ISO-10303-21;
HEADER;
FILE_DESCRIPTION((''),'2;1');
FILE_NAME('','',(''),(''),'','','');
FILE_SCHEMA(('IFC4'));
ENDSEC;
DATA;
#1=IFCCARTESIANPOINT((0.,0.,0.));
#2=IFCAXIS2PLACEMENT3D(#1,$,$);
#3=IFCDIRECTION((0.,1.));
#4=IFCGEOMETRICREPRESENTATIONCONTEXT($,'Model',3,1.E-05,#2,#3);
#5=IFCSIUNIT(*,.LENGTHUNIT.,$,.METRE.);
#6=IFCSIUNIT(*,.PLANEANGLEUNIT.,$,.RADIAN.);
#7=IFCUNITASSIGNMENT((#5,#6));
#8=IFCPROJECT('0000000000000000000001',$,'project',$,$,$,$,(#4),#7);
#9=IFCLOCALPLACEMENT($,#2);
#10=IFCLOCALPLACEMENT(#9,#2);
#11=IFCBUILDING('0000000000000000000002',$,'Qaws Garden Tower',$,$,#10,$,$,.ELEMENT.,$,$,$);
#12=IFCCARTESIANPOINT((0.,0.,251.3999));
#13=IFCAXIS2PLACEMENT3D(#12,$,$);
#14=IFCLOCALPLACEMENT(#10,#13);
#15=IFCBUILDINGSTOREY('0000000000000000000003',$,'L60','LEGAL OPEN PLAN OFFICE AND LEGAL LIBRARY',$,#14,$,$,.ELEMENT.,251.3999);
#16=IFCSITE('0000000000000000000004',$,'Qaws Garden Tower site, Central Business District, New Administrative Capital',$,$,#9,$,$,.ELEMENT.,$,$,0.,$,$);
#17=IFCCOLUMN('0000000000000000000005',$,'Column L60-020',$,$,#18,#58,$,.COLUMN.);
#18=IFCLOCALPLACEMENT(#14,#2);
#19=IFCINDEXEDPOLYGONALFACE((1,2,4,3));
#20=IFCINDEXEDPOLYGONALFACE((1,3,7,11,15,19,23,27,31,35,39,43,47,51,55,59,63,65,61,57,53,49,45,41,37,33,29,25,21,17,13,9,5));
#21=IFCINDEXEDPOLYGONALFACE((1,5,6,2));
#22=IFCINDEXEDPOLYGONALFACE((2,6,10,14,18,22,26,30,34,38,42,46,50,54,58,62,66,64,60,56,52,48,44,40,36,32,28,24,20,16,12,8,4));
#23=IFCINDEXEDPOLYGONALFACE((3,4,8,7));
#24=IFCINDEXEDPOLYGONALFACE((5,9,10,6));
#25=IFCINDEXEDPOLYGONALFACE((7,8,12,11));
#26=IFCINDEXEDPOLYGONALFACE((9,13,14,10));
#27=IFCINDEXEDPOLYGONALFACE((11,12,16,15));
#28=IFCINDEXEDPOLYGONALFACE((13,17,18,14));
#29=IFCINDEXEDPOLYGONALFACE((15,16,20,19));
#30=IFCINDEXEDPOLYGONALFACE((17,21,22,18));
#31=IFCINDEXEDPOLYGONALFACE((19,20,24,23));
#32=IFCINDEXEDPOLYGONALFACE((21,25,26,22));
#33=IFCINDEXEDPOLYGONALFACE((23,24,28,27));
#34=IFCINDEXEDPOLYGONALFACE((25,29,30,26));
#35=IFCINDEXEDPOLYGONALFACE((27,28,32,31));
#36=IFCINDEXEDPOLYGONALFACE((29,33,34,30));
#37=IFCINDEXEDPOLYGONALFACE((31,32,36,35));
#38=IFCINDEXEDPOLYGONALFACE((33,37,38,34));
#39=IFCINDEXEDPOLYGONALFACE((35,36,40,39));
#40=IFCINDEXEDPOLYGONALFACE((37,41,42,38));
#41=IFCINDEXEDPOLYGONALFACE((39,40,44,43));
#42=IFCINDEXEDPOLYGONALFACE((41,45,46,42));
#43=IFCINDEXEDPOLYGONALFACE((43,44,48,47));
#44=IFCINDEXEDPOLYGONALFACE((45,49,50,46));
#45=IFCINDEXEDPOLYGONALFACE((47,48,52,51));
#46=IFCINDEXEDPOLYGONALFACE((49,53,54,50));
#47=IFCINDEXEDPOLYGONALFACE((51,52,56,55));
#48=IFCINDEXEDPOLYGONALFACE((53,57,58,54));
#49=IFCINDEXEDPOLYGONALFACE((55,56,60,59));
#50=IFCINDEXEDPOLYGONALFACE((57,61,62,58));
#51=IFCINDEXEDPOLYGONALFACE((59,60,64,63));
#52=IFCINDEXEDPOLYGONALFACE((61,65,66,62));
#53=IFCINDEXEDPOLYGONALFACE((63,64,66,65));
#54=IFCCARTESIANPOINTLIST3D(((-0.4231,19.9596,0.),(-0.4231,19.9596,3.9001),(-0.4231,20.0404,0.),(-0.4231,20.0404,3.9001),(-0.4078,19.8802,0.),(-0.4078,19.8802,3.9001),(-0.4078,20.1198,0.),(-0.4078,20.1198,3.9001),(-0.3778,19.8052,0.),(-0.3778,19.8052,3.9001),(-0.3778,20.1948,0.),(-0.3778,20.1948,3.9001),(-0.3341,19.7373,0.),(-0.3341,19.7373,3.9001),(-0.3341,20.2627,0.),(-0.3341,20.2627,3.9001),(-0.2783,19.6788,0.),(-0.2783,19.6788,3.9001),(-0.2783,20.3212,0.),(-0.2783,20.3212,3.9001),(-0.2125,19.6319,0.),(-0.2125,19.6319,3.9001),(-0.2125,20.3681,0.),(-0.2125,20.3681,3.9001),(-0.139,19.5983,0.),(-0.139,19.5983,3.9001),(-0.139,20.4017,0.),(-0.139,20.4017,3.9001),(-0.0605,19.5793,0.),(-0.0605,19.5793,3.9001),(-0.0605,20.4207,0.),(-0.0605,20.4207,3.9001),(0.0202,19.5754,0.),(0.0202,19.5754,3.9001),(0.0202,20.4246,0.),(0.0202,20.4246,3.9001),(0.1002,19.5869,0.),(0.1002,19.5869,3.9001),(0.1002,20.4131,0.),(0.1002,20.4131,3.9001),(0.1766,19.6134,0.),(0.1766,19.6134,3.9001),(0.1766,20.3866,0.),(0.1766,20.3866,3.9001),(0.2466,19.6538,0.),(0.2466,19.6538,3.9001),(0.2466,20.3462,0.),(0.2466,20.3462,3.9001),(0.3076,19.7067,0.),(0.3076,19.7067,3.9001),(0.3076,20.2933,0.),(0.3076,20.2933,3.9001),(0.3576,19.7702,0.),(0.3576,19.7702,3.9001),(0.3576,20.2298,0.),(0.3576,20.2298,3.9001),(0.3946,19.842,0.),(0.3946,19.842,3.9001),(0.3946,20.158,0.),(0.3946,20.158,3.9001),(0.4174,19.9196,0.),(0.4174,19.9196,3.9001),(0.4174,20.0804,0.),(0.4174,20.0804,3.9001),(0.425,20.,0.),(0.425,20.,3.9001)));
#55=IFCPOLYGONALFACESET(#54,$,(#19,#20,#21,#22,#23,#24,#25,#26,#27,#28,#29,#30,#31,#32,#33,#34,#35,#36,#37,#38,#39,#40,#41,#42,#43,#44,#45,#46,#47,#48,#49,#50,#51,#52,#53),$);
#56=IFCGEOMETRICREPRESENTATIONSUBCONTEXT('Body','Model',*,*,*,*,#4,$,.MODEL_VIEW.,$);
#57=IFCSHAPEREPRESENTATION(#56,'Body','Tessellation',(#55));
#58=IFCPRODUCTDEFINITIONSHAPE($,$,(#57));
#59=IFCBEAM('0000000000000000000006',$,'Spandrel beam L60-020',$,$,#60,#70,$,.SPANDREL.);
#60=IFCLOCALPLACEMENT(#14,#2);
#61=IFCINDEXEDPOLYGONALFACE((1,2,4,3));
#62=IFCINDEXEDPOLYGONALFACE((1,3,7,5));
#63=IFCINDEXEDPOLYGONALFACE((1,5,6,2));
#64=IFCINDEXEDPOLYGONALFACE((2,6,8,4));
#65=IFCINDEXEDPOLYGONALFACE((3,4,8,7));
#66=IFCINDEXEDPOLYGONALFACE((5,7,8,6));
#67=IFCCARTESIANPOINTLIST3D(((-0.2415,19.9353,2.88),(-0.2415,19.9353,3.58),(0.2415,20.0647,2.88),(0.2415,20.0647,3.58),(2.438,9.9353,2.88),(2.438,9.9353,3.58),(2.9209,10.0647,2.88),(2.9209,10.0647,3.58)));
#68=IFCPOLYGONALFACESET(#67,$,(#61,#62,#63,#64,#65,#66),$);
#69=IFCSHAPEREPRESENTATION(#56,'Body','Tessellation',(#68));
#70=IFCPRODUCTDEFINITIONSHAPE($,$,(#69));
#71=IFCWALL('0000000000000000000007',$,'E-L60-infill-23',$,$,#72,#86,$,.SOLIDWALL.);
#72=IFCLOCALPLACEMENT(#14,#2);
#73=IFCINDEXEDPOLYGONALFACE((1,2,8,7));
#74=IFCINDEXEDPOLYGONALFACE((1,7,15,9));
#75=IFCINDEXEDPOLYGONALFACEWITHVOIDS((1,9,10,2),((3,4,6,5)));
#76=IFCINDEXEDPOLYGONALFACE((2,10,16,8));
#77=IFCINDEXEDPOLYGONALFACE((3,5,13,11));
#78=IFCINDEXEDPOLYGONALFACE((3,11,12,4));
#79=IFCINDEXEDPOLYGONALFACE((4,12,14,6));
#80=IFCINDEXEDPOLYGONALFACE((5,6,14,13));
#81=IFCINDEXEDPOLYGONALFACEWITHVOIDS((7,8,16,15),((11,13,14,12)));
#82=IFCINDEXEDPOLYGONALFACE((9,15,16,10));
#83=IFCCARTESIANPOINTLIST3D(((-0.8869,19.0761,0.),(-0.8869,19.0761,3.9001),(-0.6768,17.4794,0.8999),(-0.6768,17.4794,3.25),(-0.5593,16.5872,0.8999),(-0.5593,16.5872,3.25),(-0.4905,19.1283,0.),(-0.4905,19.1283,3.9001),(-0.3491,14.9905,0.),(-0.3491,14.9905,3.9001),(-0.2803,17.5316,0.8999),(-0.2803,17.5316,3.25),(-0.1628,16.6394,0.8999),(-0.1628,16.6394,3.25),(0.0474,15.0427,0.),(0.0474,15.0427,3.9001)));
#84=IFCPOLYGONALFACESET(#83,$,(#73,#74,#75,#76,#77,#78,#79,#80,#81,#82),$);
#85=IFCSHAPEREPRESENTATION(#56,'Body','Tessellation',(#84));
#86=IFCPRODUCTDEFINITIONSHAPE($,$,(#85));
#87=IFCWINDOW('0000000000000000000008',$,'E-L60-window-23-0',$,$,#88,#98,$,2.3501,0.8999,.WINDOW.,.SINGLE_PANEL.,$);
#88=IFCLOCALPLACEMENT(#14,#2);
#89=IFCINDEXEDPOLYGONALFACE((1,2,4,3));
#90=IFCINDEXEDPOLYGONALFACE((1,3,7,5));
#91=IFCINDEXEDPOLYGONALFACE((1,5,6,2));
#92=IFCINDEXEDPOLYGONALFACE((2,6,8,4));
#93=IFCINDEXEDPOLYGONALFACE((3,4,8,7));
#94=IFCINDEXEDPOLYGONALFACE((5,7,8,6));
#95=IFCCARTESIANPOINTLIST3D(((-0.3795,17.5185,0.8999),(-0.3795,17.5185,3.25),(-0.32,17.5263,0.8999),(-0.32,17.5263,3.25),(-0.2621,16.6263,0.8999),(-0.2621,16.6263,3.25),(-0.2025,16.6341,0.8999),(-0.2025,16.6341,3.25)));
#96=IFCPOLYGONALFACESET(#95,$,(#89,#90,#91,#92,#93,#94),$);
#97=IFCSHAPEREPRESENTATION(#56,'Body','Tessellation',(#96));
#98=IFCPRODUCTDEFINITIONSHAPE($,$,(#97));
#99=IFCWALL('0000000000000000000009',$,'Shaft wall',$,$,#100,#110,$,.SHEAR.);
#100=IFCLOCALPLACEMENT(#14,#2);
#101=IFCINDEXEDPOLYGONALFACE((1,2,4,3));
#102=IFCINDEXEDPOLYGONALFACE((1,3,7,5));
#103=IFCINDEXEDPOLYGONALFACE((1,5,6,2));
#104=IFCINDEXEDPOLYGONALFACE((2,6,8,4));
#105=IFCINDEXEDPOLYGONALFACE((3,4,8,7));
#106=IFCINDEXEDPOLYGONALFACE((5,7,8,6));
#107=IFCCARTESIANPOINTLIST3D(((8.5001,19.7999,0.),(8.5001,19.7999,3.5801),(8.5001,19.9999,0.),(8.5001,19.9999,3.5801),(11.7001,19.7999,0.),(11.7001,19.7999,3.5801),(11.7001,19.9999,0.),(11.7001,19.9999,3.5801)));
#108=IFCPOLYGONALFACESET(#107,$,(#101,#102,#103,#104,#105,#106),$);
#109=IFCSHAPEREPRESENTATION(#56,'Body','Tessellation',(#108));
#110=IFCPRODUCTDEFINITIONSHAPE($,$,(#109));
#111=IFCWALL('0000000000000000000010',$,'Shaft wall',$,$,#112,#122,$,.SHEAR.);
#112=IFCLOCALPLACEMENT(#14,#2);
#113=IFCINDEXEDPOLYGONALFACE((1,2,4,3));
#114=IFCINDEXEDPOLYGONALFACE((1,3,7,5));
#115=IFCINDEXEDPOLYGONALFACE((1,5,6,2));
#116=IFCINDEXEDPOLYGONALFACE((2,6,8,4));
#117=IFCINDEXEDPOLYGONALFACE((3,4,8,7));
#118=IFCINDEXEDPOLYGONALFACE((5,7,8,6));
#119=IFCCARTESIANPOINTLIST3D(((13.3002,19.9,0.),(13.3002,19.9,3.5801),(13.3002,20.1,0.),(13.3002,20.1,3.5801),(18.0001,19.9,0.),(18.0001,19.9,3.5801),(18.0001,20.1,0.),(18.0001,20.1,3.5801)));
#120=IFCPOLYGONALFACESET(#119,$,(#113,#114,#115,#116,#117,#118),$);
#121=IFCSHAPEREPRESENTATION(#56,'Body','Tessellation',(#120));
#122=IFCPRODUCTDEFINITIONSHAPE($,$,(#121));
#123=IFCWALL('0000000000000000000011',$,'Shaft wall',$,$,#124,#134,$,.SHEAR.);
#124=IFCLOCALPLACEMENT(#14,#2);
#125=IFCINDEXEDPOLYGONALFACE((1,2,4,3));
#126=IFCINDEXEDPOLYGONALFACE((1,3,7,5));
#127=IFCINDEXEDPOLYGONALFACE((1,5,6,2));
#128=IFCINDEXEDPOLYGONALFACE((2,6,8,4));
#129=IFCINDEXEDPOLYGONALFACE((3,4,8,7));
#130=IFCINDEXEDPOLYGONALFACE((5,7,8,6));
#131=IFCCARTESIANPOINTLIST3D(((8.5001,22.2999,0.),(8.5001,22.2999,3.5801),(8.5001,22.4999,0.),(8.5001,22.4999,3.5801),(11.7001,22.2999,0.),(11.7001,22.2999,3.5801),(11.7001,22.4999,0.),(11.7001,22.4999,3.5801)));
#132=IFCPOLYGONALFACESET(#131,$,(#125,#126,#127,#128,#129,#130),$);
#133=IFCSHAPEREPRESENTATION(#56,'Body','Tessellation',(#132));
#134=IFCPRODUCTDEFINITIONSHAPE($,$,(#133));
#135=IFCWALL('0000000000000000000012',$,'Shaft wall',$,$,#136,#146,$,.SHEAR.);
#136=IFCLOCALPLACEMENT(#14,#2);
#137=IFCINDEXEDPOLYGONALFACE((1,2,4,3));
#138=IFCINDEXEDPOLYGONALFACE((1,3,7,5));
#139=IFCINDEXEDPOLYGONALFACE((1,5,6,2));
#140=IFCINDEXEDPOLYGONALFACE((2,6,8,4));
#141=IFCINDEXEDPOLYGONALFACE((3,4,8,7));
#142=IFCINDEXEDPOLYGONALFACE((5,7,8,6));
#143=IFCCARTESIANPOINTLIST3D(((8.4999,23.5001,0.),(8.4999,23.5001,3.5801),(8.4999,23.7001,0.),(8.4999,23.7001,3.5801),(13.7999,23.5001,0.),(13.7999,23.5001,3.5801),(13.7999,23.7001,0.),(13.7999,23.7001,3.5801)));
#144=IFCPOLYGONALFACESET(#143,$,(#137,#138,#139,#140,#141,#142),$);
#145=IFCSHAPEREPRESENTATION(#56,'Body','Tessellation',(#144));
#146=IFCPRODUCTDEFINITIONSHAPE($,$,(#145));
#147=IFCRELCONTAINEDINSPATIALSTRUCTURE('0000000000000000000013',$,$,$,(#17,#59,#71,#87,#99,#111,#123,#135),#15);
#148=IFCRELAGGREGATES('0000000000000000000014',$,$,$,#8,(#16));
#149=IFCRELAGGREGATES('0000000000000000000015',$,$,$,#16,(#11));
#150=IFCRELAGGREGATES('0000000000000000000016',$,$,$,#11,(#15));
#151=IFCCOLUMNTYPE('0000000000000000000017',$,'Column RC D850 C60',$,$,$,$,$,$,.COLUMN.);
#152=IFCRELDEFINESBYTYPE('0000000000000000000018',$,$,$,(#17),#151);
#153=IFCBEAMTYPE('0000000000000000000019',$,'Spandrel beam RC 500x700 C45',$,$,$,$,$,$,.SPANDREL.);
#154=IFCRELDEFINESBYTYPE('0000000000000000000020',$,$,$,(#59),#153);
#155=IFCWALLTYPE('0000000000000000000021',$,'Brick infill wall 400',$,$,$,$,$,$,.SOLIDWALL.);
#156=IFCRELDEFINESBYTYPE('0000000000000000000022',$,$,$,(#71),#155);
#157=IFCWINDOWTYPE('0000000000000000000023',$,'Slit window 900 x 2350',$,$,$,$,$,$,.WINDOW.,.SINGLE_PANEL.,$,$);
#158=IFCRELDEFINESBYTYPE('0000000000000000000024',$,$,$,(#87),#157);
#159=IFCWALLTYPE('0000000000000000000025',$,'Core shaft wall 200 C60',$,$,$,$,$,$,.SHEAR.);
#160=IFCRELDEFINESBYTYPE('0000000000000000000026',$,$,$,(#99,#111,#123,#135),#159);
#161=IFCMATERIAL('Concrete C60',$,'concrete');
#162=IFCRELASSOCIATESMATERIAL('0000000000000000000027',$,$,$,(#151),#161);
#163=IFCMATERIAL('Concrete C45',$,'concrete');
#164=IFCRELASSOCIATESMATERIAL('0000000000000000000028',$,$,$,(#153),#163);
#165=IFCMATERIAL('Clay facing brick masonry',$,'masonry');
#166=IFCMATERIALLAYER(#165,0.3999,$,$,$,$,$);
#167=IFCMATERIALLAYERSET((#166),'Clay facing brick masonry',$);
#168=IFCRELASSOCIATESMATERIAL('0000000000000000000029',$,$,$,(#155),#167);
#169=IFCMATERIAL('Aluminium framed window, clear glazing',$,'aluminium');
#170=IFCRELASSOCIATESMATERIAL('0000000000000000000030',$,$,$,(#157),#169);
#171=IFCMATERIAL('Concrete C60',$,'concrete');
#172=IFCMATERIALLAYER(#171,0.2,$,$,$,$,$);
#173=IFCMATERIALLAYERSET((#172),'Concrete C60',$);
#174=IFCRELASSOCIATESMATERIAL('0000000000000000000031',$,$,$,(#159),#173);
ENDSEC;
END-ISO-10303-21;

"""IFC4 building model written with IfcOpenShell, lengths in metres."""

from ifc_helpers import new_model, si_unit, direction, frame, frame_2d, origin, origin_2d, place, context, subcontext, project, spatial, rectangle, circle, extrude, material, layer, layer_set, material_profile, profile_set, type_object, element, fill, save


model = new_model("IFC4")

# Units and contexts
model_context = context("Model", 3, precision=1e-05, world=origin(), true_north=direction((0.0, 1.0)))
body_context = subcontext(model_context, "Body", "Model", "MODEL_VIEW")
ifc_project = project(units=[si_unit("LENGTHUNIT", "METRE"), si_unit("PLANEANGLEUNIT", "RADIAN")], contexts=[model_context])

# Site, building, storey
site_placement = place(None, origin())
site = spatial("IfcSite", under=ifc_project, at=site_placement, Name="Qaws Garden Tower site, Central Business District, New Administrative Capital", CompositionType="ELEMENT", RefElevation=0.0)
building_placement = place(site_placement, origin())
building = spatial("IfcBuilding", under=site, at=building_placement, Name="Qaws Garden Tower", CompositionType="ELEMENT")
storey_placement = place(building_placement, frame((0.0, 0.0, 251.3999)))
storey = spatial("IfcBuildingStorey", under=building, at=storey_placement, Name="L60", Description="LEGAL OPEN PLAN OFFICE AND LEGAL LIBRARY", CompositionType="ELEMENT", Elevation=251.3999)

# Column
ifc_material_1 = material(Name="Concrete C60", Category="concrete")
ifc_material_profile_1 = material_profile(ifc_material_1, circle(Radius=0.425, at=origin_2d()), Name="RC D850")
ifc_profile_set_1 = profile_set([ifc_material_profile_1], Name="Concrete C60")
column_type = type_object("IfcColumnType", Name="Column RC D850 C60", PredefinedType="COLUMN", material=ifc_profile_set_1)
column_placement = place(storey_placement, frame((0.0, 20.0, 0.0), z_axis=(0.0, 0.0, 1.0), x_axis=(1.0, 0.0, 0.0)))
element("IfcColumn", 1, at=column_placement, inside=storey, type_object=column_type, Name="Column L60-020", PredefinedType="COLUMN", context=body_context, shape_type="SweptSolid", body=[
    extrude(circle(Radius=0.425, at=origin_2d()), origin(), (0.0, 0.0, 1.0), 3.9001),
])

# Beam
ifc_material_2 = material(Name="Concrete C45", Category="concrete")
ifc_material_profile_2 = material_profile(ifc_material_2, rectangle(XDim=0.5, YDim=0.7, at=origin_2d()), Name="RC 500x700")
ifc_profile_set_2 = profile_set([ifc_material_profile_2], Name="Concrete C45")
beam_type = type_object("IfcBeamType", Name="Spandrel beam RC 500x700 C45", PredefinedType="SPANDREL", material=ifc_profile_set_2)
beam_placement = place(storey_placement, frame((0.0, 20.0, 3.23), z_axis=(0.258815, -0.965927, 0.0), x_axis=(0.965927, 0.258815, 0.0)))
element("IfcBeam", 2, at=beam_placement, inside=storey, type_object=beam_type, Name="Spandrel beam L60-020", PredefinedType="SPANDREL", context=body_context, shape_type="SweptSolid", body=[
    extrude(rectangle(XDim=0.5, YDim=0.7, at=origin_2d()), origin(), (0.0, 0.0, 1.0), 10.3528),
])

# Wall, opening, window
ifc_material_3 = material(Name="Clay facing brick masonry", Category="masonry")
ifc_layer_1 = layer(ifc_material_3, 0.3999)
ifc_layer_set_1 = layer_set([ifc_layer_1], Name="Clay facing brick masonry")
wall_type_1 = type_object("IfcWallType", Name="Brick infill wall 400", PredefinedType="SOLIDWALL", material=ifc_layer_set_1)
wall_1_placement = place(storey_placement, frame((-0.6887, 19.1023, 0.0), z_axis=(0.0, 0.0, 1.0), x_axis=(0.130514, -0.991446, 0.0)))
wall_1 = element("IfcWall", 3, at=wall_1_placement, inside=storey, type_object=wall_type_1, Name="E-L60-infill-23", PredefinedType="SOLIDWALL", context=body_context, shape_type="SweptSolid", body=[
    extrude(rectangle(XDim=4.1208, YDim=0.3999, at=frame_2d((2.0605, 0.0))), origin(), (0.0, 0.0, 1.0), 3.9001),
])
opening_1_placement = place(wall_1_placement, frame((1.6106, 0.0, 0.8999)))
opening_1 = element("IfcOpeningElement", 4, at=opening_1_placement, cuts=wall_1, PredefinedType="OPENING", context=body_context, shape_type="SweptSolid", body=[
    extrude(rectangle(XDim=0.8999, YDim=2.3501, at=frame_2d((0.45, 1.175))), frame((0.0, 0.21, 0.0), z_axis=(0.0, -1.0, 0.0), x_axis=(1.0, 0.0, 0.0)), (0.0, 0.0, 1.0), 0.4199),
])
ifc_material_4 = material(Name="Aluminium framed window, clear glazing", Category="aluminium")
window_type = type_object("IfcWindowType", Name="Slit window 900 x 2350", PartitioningType="SINGLE_PANEL", PredefinedType="WINDOW", material=ifc_material_4)
window_placement = place(opening_1_placement, origin())
window = element("IfcWindow", 5, at=window_placement, inside=storey, type_object=window_type, Name="E-L60-window-23-0", OverallHeight=2.3501, OverallWidth=0.8999, PartitioningType="SINGLE_PANEL", PredefinedType="WINDOW", context=body_context, shape_type="SweptSolid", body=[
    extrude(rectangle(XDim=0.8999, YDim=2.3501, at=frame_2d((0.45, 1.175))), frame((0.0, 0.1599, 0.0), z_axis=(0.0, -1.0, 0.0), x_axis=(1.0, 0.0, 0.0)), (0.0, 0.0, 1.0), 0.0601),
])
fill(opening_1, window)

# Walls
ifc_material_5 = material(Name="Concrete C60", Category="concrete")
ifc_layer_2 = layer(ifc_material_5, 0.2)
ifc_layer_set_2 = layer_set([ifc_layer_2], Name="Concrete C60")
wall_type_2 = type_object("IfcWallType", Name="Core shaft wall 200 C60", PredefinedType="SHEAR", material=ifc_layer_set_2)
wall_2_placement = place(storey_placement, frame((8.5, 19.8999, 0.0), z_axis=(0.0, 0.0, 1.0), x_axis=(1.0, 0.0, 0.0)))
element("IfcWall", 6, at=wall_2_placement, inside=storey, type_object=wall_type_2, Name="Shaft wall", PredefinedType="SHEAR", context=body_context, shape_type="SweptSolid", body=[
    extrude(rectangle(XDim=3.2, YDim=0.2, at=frame_2d((1.6001, 0.0))), origin(), (0.0, 0.0, 1.0), 3.5801),
])
wall_3_placement = place(storey_placement, frame((13.3, 20.0, 0.0), z_axis=(0.0, 0.0, 1.0), x_axis=(1.0, 0.0, 0.0)))
element("IfcWall", 7, at=wall_3_placement, inside=storey, type_object=wall_type_2, Name="Shaft wall", PredefinedType="SHEAR", context=body_context, shape_type="SweptSolid", body=[
    extrude(rectangle(XDim=4.7, YDim=0.2, at=frame_2d((2.3501, 0.0))), origin(), (0.0, 0.0, 1.0), 3.5801),
])
wall_4_placement = place(storey_placement, frame((8.5, 22.3999, 0.0), z_axis=(0.0, 0.0, 1.0), x_axis=(1.0, 0.0, 0.0)))
element("IfcWall", 8, at=wall_4_placement, inside=storey, type_object=wall_type_2, Name="Shaft wall", PredefinedType="SHEAR", context=body_context, shape_type="SweptSolid", body=[
    extrude(rectangle(XDim=3.2, YDim=0.2, at=frame_2d((1.6001, 0.0))), origin(), (0.0, 0.0, 1.0), 3.5801),
])
wall_5_placement = place(storey_placement, frame((8.5, 23.6001, 0.0), z_axis=(0.0, 0.0, 1.0), x_axis=(1.0, 0.0, 0.0)))
element("IfcWall", 9, at=wall_5_placement, inside=storey, type_object=wall_type_2, Name="Shaft wall", PredefinedType="SHEAR", context=body_context, shape_type="SweptSolid", body=[
    extrude(rectangle(XDim=5.3, YDim=0.2, at=frame_2d((2.6499, 0.0))), origin(), (0.0, 0.0, 1.0), 3.5801),
])

save(model, "model.ifc")
